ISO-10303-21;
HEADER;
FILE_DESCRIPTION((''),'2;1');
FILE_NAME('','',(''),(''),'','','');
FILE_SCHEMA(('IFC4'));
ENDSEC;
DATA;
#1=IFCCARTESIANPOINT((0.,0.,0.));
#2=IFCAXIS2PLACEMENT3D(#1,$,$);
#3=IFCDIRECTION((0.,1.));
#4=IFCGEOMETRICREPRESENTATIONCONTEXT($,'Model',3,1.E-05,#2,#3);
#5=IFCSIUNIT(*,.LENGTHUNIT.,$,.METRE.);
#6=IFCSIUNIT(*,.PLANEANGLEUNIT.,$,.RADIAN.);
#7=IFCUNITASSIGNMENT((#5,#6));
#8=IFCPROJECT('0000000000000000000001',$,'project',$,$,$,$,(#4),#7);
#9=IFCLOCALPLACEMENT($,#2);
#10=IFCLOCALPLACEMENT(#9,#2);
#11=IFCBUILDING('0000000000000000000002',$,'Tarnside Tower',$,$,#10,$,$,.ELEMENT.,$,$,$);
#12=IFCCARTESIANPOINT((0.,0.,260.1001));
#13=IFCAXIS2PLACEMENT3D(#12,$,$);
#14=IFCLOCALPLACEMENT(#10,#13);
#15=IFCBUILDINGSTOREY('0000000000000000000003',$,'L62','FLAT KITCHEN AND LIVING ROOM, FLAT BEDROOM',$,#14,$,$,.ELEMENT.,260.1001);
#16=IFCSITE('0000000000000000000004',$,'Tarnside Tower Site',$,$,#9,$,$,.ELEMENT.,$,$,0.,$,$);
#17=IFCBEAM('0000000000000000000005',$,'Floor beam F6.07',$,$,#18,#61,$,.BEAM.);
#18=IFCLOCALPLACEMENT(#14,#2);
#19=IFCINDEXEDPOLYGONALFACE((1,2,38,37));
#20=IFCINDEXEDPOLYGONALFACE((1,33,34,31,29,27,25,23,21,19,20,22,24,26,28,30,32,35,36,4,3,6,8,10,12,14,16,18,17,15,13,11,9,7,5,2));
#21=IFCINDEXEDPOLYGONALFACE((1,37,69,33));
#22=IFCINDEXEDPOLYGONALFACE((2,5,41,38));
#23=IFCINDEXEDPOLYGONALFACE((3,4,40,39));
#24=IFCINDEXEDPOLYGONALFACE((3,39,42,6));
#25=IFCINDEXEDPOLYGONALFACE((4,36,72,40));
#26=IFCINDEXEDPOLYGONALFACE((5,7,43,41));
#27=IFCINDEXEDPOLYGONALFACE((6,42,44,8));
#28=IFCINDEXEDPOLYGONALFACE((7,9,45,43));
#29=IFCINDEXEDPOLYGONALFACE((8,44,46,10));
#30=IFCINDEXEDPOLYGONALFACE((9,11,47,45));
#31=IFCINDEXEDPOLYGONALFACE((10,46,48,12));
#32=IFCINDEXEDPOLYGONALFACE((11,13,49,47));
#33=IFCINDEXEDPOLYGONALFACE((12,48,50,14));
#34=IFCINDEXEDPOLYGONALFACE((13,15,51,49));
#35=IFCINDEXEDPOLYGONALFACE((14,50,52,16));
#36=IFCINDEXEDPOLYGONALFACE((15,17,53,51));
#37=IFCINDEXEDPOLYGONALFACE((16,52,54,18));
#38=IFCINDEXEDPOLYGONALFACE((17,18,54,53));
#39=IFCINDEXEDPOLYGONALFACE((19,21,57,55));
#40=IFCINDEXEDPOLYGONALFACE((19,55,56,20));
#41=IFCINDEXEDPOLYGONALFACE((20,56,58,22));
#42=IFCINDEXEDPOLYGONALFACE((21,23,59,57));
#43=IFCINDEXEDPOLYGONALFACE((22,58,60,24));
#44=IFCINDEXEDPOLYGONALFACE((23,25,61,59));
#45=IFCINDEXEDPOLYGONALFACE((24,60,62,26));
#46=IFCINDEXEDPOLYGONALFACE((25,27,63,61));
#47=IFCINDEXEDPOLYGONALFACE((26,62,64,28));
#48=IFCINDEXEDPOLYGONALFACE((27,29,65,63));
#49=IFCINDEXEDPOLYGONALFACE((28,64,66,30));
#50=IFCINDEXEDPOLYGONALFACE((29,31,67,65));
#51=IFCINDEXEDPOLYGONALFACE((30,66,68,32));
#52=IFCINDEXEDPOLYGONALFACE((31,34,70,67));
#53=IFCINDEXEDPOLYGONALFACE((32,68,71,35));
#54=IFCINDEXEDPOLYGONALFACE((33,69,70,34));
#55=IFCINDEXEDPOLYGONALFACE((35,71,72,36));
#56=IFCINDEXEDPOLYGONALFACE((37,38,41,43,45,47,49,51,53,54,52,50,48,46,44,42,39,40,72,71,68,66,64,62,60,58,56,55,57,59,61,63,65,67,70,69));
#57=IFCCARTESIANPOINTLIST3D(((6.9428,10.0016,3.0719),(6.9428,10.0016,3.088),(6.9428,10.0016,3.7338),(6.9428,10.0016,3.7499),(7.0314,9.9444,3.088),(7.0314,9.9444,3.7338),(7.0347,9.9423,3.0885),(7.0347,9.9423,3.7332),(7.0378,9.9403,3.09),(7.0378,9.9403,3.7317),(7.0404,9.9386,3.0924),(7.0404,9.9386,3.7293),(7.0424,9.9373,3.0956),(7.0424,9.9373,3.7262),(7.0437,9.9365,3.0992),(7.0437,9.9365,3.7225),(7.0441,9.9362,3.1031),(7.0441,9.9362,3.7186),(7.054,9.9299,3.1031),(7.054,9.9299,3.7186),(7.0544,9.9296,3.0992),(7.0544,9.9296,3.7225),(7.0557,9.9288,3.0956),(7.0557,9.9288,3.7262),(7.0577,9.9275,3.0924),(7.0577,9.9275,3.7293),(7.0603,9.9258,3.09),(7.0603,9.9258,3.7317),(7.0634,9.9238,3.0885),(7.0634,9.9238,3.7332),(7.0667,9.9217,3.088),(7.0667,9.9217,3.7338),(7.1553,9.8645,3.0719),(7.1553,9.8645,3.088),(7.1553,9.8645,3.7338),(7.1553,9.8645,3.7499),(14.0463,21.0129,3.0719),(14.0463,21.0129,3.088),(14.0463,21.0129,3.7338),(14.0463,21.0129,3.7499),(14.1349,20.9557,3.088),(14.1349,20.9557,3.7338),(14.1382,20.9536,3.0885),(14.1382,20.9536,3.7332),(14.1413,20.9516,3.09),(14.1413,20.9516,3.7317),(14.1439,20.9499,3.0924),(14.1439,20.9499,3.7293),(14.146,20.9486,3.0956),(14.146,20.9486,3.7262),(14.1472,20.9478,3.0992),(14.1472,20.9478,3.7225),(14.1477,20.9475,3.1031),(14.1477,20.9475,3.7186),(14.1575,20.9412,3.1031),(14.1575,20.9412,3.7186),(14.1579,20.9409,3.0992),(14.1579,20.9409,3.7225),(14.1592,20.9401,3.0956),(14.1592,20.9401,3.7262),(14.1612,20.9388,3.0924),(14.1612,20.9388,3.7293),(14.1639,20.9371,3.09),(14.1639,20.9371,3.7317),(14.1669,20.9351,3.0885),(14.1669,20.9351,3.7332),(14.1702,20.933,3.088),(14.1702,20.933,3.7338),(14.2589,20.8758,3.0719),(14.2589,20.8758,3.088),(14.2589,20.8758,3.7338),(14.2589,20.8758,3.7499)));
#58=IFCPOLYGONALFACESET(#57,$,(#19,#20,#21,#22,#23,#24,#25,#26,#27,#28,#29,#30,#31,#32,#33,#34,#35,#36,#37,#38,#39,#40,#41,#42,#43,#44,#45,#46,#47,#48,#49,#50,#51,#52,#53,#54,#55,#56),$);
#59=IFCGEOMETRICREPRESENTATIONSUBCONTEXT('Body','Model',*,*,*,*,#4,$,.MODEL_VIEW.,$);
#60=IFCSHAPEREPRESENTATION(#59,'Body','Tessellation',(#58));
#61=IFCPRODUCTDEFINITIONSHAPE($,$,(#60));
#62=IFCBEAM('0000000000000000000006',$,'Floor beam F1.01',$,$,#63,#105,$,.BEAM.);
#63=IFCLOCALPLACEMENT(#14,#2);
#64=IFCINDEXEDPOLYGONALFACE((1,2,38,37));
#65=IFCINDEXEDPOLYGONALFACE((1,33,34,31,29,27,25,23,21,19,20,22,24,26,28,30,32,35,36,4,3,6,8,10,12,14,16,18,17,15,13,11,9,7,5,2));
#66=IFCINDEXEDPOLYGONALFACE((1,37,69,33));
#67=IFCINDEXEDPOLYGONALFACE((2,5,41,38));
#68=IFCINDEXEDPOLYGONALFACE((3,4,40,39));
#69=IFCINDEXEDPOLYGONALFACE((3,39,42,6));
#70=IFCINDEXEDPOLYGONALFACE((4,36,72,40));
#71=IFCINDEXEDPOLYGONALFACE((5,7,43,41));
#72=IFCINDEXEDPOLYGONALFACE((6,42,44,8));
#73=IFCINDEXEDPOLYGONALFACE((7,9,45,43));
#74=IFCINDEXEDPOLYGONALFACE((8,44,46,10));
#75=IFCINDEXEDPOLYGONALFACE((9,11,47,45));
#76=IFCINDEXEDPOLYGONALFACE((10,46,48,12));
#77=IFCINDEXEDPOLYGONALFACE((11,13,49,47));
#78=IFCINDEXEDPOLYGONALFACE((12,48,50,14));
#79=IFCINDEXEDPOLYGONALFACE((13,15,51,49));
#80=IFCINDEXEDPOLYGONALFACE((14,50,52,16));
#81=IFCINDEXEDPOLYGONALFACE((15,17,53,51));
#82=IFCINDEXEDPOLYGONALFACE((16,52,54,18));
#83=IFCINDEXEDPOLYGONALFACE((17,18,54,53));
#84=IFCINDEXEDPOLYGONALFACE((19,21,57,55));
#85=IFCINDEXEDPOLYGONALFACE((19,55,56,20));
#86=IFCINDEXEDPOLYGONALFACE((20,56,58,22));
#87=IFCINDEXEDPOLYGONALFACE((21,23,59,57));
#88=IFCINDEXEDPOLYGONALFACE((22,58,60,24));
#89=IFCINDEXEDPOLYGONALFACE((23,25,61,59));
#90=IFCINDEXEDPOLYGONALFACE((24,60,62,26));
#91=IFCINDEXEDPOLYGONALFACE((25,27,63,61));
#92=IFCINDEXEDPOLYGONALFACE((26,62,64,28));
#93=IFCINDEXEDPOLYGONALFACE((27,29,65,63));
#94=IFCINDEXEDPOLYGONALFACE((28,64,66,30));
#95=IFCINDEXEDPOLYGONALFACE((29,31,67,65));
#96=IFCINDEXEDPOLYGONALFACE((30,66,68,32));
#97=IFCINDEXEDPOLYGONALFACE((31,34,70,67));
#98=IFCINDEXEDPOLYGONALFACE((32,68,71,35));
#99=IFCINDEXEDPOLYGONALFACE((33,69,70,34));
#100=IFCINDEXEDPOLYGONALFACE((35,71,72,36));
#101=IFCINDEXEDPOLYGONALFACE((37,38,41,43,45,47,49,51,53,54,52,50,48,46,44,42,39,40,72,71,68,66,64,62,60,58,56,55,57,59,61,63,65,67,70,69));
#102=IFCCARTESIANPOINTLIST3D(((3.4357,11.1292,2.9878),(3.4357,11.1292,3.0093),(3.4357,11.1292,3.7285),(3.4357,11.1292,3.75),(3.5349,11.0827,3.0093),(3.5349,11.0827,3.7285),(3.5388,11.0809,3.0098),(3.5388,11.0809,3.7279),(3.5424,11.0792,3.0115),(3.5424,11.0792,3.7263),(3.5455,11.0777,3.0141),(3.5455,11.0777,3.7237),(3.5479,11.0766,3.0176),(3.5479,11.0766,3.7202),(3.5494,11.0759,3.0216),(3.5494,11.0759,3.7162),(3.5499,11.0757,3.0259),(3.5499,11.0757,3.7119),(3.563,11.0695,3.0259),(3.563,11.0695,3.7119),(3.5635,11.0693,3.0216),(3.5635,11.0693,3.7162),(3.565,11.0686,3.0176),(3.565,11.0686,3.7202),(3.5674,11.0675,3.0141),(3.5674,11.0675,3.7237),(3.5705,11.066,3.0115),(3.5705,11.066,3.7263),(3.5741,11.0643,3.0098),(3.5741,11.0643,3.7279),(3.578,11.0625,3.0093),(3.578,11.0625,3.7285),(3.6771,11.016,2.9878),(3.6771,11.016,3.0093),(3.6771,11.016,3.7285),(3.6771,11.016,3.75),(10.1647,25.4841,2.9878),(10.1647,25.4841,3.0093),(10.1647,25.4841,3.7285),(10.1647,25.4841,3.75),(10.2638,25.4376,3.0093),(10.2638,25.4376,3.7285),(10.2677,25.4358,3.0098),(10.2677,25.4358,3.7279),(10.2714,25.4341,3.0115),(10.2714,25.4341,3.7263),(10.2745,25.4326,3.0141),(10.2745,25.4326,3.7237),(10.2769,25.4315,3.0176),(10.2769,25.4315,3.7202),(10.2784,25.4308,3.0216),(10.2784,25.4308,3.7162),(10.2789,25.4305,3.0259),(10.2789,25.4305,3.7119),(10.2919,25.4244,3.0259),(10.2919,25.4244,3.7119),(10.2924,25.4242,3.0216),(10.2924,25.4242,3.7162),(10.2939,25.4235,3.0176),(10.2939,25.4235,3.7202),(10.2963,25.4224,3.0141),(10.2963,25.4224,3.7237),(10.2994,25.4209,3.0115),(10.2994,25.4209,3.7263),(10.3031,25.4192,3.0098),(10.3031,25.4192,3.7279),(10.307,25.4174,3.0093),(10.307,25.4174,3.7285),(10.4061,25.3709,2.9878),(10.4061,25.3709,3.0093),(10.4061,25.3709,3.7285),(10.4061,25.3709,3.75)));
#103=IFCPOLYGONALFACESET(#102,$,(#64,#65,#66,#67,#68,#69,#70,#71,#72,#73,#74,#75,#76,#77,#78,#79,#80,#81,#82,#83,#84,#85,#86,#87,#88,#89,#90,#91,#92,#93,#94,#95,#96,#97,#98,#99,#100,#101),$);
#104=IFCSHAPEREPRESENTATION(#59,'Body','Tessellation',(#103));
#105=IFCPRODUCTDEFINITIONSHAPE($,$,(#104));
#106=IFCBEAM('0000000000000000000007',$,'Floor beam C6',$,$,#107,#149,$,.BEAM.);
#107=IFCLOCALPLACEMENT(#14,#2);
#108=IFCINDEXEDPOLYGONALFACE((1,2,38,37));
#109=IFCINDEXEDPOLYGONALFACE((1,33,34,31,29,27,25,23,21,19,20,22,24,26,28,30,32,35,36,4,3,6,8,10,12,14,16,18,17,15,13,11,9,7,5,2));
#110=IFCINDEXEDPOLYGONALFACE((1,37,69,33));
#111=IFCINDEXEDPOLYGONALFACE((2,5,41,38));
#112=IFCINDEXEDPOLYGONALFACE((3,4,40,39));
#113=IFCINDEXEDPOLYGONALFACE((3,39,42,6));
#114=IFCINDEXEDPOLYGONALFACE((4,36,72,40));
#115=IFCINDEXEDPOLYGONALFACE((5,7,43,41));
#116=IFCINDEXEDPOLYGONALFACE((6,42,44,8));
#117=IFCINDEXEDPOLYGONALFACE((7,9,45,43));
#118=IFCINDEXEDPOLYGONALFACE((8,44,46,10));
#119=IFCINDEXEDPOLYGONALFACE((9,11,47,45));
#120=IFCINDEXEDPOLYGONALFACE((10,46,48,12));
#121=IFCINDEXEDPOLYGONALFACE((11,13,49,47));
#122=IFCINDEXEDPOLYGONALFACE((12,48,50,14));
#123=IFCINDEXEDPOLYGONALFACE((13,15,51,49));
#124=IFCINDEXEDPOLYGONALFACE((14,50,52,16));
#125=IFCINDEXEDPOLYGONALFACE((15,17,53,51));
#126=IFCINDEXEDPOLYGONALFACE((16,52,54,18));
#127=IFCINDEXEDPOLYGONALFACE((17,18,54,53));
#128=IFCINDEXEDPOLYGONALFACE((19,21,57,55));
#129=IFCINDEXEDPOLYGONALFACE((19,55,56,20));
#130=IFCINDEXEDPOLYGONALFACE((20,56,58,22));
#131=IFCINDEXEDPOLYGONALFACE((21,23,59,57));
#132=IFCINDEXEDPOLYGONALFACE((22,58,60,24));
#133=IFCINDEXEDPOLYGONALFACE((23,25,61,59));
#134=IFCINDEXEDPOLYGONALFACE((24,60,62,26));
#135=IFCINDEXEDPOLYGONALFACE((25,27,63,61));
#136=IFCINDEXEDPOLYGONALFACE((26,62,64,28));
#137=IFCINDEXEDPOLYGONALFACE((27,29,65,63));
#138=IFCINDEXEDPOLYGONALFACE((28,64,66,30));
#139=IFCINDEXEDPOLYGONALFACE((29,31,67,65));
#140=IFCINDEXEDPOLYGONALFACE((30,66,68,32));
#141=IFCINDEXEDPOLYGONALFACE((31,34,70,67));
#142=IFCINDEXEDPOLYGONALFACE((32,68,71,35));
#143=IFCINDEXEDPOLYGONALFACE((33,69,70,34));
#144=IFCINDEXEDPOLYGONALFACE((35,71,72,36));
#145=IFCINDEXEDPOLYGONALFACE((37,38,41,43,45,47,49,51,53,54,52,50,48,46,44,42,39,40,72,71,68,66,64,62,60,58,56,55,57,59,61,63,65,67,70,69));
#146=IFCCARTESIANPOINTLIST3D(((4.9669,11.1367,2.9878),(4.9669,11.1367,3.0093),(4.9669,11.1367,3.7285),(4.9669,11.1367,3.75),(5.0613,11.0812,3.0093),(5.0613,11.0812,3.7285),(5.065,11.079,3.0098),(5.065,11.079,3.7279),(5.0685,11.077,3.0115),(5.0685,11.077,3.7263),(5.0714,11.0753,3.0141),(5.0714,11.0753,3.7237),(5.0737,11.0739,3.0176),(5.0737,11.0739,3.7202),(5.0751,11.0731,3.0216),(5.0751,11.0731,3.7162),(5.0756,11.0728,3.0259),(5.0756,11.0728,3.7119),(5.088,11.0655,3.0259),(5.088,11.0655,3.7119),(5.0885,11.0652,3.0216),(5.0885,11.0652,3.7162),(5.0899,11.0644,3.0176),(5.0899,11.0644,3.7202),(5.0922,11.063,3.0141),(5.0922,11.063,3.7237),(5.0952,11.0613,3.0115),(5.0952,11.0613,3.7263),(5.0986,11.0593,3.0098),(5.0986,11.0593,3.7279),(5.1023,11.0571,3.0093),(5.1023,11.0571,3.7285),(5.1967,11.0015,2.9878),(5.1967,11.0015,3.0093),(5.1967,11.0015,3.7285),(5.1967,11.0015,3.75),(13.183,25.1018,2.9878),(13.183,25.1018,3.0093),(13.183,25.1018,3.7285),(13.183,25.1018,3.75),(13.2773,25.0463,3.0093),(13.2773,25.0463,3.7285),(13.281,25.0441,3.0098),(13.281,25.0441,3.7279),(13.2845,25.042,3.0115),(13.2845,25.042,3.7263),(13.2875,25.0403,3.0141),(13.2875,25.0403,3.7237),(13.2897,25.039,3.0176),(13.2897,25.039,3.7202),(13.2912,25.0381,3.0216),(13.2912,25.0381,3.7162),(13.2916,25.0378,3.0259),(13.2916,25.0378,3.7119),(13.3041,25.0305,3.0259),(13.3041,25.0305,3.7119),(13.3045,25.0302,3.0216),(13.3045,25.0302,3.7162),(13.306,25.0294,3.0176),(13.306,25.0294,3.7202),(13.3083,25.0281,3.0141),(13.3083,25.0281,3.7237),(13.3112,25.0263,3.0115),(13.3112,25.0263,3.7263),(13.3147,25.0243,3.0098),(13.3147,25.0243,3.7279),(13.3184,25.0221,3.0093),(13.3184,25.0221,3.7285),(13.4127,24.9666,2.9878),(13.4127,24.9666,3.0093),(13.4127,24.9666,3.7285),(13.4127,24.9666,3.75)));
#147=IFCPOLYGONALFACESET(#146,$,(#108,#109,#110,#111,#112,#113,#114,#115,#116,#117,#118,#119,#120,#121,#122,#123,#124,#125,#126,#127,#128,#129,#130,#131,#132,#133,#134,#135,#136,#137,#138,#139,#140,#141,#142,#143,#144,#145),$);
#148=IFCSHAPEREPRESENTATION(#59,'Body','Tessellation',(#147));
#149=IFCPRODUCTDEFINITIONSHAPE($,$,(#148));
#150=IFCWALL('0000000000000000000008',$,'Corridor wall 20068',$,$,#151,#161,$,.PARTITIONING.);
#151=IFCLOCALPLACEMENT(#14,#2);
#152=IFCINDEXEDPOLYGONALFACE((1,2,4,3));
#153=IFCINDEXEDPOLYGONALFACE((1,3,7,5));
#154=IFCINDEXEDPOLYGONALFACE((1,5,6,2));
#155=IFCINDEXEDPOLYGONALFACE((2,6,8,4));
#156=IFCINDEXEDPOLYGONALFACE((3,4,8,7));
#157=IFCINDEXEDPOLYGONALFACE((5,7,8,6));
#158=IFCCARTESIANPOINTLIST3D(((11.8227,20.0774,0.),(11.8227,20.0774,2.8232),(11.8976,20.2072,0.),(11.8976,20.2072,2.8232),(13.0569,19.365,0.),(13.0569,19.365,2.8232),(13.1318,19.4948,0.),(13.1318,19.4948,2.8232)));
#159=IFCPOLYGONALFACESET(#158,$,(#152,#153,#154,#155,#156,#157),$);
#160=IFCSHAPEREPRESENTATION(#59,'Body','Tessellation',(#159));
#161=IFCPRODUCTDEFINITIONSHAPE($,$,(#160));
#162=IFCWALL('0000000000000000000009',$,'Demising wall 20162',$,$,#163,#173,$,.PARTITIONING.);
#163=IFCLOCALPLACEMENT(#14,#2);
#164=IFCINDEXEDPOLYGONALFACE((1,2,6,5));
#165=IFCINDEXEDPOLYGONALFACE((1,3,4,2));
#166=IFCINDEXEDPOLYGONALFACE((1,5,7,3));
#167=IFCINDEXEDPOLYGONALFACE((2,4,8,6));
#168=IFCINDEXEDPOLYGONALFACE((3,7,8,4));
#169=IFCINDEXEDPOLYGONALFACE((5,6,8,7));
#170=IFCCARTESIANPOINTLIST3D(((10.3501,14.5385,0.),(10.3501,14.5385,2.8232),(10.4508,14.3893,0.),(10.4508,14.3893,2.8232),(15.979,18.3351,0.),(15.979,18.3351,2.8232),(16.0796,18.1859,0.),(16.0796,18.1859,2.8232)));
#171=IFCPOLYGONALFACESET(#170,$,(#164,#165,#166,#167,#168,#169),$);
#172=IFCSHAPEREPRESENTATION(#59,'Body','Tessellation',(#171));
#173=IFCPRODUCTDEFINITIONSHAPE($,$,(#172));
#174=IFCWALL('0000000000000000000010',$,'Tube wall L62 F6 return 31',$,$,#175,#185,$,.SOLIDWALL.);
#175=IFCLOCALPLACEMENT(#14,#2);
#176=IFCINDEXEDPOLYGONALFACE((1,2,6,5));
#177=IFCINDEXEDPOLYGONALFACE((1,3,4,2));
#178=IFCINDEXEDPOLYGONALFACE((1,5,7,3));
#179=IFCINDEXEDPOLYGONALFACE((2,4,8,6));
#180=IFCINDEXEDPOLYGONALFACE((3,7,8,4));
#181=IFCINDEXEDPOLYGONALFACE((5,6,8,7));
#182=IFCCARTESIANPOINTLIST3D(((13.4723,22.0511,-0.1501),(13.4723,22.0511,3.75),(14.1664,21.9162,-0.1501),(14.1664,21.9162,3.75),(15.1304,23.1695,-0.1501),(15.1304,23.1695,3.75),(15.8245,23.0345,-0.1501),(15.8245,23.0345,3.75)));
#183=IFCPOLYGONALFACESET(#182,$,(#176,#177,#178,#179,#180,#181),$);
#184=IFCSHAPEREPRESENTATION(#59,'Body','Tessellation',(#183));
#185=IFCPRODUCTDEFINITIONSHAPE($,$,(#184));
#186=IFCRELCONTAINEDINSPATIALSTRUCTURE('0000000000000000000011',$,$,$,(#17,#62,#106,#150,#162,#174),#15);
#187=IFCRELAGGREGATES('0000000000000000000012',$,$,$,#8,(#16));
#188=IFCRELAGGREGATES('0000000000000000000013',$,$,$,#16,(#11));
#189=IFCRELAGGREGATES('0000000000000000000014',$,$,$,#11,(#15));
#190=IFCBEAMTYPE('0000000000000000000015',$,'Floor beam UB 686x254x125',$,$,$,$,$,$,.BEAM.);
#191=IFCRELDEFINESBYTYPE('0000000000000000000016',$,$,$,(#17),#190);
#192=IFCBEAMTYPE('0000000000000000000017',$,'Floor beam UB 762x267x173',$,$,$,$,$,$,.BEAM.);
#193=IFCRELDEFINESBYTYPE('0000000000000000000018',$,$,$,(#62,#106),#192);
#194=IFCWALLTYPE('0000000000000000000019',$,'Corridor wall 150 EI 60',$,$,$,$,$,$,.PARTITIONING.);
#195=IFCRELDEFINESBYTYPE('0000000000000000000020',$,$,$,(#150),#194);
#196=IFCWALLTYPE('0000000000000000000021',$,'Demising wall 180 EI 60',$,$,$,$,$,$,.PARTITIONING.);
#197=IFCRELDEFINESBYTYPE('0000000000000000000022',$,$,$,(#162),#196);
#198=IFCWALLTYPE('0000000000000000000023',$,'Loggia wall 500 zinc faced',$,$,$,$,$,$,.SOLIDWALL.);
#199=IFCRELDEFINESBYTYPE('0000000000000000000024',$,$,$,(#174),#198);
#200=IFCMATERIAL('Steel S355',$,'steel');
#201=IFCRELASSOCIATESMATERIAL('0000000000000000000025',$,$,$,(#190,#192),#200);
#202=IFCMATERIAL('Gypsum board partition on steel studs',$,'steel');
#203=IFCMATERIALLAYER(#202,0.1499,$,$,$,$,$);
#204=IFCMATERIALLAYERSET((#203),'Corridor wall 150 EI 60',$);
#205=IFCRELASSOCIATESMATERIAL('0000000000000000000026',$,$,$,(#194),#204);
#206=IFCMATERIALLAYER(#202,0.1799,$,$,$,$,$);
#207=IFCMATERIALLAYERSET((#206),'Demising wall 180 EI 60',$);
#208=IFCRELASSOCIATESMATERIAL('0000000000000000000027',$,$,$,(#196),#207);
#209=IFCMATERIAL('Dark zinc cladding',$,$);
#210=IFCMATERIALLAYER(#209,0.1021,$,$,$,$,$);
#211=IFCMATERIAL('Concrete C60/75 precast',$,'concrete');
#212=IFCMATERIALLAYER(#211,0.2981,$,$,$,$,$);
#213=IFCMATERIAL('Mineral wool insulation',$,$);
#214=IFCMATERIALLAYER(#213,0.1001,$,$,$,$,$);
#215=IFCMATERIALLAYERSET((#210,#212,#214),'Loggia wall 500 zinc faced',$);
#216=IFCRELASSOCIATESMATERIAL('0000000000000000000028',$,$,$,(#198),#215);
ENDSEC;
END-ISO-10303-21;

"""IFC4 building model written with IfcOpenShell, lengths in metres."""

from ifc_helpers import new_model, si_unit, direction, frame, frame_2d, origin, origin_2d, place, context, subcontext, project, spatial, polyline, rectangle, i_section, outline, extrude, material, layer, layer_set, material_profile, profile_set, type_object, element, save


model = new_model("IFC4")

# Units and contexts
model_context = context("Model", 3, precision=1e-05, world=origin(), true_north=direction((0.0, 1.0)))
body_context = subcontext(model_context, "Body", "Model", "MODEL_VIEW")
ifc_project = project(units=[si_unit("LENGTHUNIT", "METRE"), si_unit("PLANEANGLEUNIT", "RADIAN")], contexts=[model_context])

# Site, building, storey
site_placement = place(None, origin())
site = spatial("IfcSite", under=ifc_project, at=site_placement, Name="Tarnside Tower Site", CompositionType="ELEMENT", RefElevation=0.0)
building_placement = place(site_placement, origin())
building = spatial("IfcBuilding", under=site, at=building_placement, Name="Tarnside Tower", CompositionType="ELEMENT")
storey_placement = place(building_placement, frame((0.0, 0.0, 260.1001)))
storey = spatial("IfcBuildingStorey", under=building, at=storey_placement, Name="L62", Description="FLAT KITCHEN AND LIVING ROOM, FLAT BEDROOM", CompositionType="ELEMENT", Elevation=260.1001)

# Beams
ifc_material_1 = material(Name="Steel S355", Category="steel")
ifc_material_profile_1 = material_profile(ifc_material_1, i_section(OverallWidth=0.2529, OverallDepth=0.678, WebThickness=0.0117, FlangeThickness=0.0161, FilletRadius=0.0151, at=origin_2d()), Name="UB 686x254x125")
ifc_profile_set_1 = profile_set([ifc_material_profile_1], Name="Steel S355")
beam_type_1 = type_object("IfcBeamType", Name="Floor beam UB 686x254x125", PredefinedType="BEAM", material=ifc_profile_set_1)
beam_1_placement = place(storey_placement, frame((14.1526, 20.9443, 3.4109), z_axis=(-0.5421, -0.840314, 0.0), x_axis=(0.840314, -0.5421, 0.0)))
element("IfcBeam", 1, at=beam_1_placement, inside=storey, type_object=beam_type_1, Name="Floor beam F6.07", PredefinedType="BEAM", context=body_context, shape_type="SweptSolid", body=[
    extrude(i_section(OverallWidth=0.2529, OverallDepth=0.678, WebThickness=0.0117, FlangeThickness=0.0161, FilletRadius=0.0151, at=origin_2d()), origin(), (0.0, 0.0, 1.0), 13.1038),
])
ifc_material_profile_2 = material_profile(ifc_material_1, i_section(OverallWidth=0.2666, OverallDepth=0.7622, WebThickness=0.0144, FlangeThickness=0.0215, FilletRadius=0.0166, at=origin_2d()), Name="UB 762x267x173")
ifc_profile_set_2 = profile_set([ifc_material_profile_2], Name="Steel S355")
beam_type_2 = type_object("IfcBeamType", Name="Floor beam UB 762x267x173", PredefinedType="BEAM", material=ifc_profile_set_2)
beam_2_placement = place(storey_placement, frame((10.2854, 25.4275, 3.3689), z_axis=(-0.424439, -0.905456, 0.0), x_axis=(0.905456, -0.424439, 0.0)))
element("IfcBeam", 2, at=beam_2_placement, inside=storey, type_object=beam_type_2, Name="Floor beam F1.01", PredefinedType="BEAM", context=body_context, shape_type="SweptSolid", body=[
    extrude(i_section(OverallWidth=0.2666, OverallDepth=0.7622, WebThickness=0.0144, FlangeThickness=0.0215, FilletRadius=0.0166, at=origin_2d()), origin(), (0.0, 0.0, 1.0), 15.8538),
])
beam_3_placement = place(storey_placement, frame((13.2979, 25.0342, 3.3689), z_axis=(-0.50708, -0.861899, 0.0), x_axis=(0.861899, -0.50708, 0.0)))
element("IfcBeam", 3, at=beam_3_placement, inside=storey, type_object=beam_type_2, Name="Floor beam C6", PredefinedType="BEAM", context=body_context, shape_type="SweptSolid", body=[
    extrude(i_section(OverallWidth=0.2666, OverallDepth=0.7622, WebThickness=0.0144, FlangeThickness=0.0215, FilletRadius=0.0166, at=origin_2d()), origin(), (0.0, 0.0, 1.0), 16.2026),
])

# Walls
ifc_material_2 = material(Name="Gypsum board partition on steel studs", Category="steel")
ifc_layer_1 = layer(ifc_material_2, 0.1499)
ifc_layer_set_1 = layer_set([ifc_layer_1], Name="Corridor wall 150 EI 60")
wall_type_1 = type_object("IfcWallType", Name="Corridor wall 150 EI 60", PredefinedType="PARTITIONING", material=ifc_layer_set_1)
wall_1_placement = place(storey_placement, frame((13.0942, 19.4299, 0.0), z_axis=(0.0, 0.0, 1.0), x_axis=(-0.866063, 0.499935, 0.0)))
element("IfcWall", 4, at=wall_1_placement, inside=storey, type_object=wall_type_1, Name="Corridor wall 20068", PredefinedType="PARTITIONING", context=body_context, shape_type="SweptSolid", body=[
    extrude(rectangle(XDim=1.425, YDim=0.1499, at=frame_2d((0.7124, 0.0))), origin(), (0.0, 0.0, 1.0), 2.8232),
])
ifc_layer_2 = layer(ifc_material_2, 0.1799)
ifc_layer_set_2 = layer_set([ifc_layer_2], Name="Demising wall 180 EI 60")
wall_type_2 = type_object("IfcWallType", Name="Demising wall 180 EI 60", PredefinedType="PARTITIONING", material=ifc_layer_set_2)
wall_2_placement = place(storey_placement, frame((16.0293, 18.2605, 0.0), z_axis=(0.0, 0.0, 1.0), x_axis=(-0.829045, -0.559181, 0.0)))
element("IfcWall", 5, at=wall_2_placement, inside=storey, type_object=wall_type_2, Name="Demising wall 20162", PredefinedType="PARTITIONING", context=body_context, shape_type="SweptSolid", body=[
    extrude(rectangle(XDim=6.7896, YDim=0.1799, at=frame_2d((3.3948, 0.0))), origin(), (0.0, 0.0, 1.0), 2.8232),
])
ifc_material_3 = material(Name="Dark zinc cladding")
ifc_layer_3 = layer(ifc_material_3, 0.1021)
ifc_material_4 = material(Name="Concrete C60/75 precast", Category="concrete")
ifc_layer_4 = layer(ifc_material_4, 0.2981)
ifc_material_5 = material(Name="Mineral wool insulation")
ifc_layer_5 = layer(ifc_material_5, 0.1001)
ifc_layer_set_3 = layer_set([ifc_layer_3, ifc_layer_4, ifc_layer_5], Name="Loggia wall 500 zinc faced")
wall_type_3 = type_object("IfcWallType", Name="Loggia wall 500 zinc faced", PredefinedType="SOLIDWALL", material=ifc_layer_set_3)
wall_3_placement = place(storey_placement, frame((13.8193, 21.9836, -0.1501), z_axis=(0.0, 0.0, 1.0), x_axis=(0.829052, 0.559171, 0.0)))
element("IfcWall", 6, at=wall_3_placement, inside=storey, type_object=wall_type_3, Name="Tube wall L62 F6 return 31", PredefinedType="SOLIDWALL", context=body_context, shape_type="SweptSolid", body=[
    extrude(outline(polyline([(0.25, -0.25), (2.25, -0.25), (1.75, 0.25), (-0.25, 0.25), (0.25, -0.25)])), origin(), (0.0, 0.0, 1.0), 3.9001),
])

save(model, "model.ifc")
